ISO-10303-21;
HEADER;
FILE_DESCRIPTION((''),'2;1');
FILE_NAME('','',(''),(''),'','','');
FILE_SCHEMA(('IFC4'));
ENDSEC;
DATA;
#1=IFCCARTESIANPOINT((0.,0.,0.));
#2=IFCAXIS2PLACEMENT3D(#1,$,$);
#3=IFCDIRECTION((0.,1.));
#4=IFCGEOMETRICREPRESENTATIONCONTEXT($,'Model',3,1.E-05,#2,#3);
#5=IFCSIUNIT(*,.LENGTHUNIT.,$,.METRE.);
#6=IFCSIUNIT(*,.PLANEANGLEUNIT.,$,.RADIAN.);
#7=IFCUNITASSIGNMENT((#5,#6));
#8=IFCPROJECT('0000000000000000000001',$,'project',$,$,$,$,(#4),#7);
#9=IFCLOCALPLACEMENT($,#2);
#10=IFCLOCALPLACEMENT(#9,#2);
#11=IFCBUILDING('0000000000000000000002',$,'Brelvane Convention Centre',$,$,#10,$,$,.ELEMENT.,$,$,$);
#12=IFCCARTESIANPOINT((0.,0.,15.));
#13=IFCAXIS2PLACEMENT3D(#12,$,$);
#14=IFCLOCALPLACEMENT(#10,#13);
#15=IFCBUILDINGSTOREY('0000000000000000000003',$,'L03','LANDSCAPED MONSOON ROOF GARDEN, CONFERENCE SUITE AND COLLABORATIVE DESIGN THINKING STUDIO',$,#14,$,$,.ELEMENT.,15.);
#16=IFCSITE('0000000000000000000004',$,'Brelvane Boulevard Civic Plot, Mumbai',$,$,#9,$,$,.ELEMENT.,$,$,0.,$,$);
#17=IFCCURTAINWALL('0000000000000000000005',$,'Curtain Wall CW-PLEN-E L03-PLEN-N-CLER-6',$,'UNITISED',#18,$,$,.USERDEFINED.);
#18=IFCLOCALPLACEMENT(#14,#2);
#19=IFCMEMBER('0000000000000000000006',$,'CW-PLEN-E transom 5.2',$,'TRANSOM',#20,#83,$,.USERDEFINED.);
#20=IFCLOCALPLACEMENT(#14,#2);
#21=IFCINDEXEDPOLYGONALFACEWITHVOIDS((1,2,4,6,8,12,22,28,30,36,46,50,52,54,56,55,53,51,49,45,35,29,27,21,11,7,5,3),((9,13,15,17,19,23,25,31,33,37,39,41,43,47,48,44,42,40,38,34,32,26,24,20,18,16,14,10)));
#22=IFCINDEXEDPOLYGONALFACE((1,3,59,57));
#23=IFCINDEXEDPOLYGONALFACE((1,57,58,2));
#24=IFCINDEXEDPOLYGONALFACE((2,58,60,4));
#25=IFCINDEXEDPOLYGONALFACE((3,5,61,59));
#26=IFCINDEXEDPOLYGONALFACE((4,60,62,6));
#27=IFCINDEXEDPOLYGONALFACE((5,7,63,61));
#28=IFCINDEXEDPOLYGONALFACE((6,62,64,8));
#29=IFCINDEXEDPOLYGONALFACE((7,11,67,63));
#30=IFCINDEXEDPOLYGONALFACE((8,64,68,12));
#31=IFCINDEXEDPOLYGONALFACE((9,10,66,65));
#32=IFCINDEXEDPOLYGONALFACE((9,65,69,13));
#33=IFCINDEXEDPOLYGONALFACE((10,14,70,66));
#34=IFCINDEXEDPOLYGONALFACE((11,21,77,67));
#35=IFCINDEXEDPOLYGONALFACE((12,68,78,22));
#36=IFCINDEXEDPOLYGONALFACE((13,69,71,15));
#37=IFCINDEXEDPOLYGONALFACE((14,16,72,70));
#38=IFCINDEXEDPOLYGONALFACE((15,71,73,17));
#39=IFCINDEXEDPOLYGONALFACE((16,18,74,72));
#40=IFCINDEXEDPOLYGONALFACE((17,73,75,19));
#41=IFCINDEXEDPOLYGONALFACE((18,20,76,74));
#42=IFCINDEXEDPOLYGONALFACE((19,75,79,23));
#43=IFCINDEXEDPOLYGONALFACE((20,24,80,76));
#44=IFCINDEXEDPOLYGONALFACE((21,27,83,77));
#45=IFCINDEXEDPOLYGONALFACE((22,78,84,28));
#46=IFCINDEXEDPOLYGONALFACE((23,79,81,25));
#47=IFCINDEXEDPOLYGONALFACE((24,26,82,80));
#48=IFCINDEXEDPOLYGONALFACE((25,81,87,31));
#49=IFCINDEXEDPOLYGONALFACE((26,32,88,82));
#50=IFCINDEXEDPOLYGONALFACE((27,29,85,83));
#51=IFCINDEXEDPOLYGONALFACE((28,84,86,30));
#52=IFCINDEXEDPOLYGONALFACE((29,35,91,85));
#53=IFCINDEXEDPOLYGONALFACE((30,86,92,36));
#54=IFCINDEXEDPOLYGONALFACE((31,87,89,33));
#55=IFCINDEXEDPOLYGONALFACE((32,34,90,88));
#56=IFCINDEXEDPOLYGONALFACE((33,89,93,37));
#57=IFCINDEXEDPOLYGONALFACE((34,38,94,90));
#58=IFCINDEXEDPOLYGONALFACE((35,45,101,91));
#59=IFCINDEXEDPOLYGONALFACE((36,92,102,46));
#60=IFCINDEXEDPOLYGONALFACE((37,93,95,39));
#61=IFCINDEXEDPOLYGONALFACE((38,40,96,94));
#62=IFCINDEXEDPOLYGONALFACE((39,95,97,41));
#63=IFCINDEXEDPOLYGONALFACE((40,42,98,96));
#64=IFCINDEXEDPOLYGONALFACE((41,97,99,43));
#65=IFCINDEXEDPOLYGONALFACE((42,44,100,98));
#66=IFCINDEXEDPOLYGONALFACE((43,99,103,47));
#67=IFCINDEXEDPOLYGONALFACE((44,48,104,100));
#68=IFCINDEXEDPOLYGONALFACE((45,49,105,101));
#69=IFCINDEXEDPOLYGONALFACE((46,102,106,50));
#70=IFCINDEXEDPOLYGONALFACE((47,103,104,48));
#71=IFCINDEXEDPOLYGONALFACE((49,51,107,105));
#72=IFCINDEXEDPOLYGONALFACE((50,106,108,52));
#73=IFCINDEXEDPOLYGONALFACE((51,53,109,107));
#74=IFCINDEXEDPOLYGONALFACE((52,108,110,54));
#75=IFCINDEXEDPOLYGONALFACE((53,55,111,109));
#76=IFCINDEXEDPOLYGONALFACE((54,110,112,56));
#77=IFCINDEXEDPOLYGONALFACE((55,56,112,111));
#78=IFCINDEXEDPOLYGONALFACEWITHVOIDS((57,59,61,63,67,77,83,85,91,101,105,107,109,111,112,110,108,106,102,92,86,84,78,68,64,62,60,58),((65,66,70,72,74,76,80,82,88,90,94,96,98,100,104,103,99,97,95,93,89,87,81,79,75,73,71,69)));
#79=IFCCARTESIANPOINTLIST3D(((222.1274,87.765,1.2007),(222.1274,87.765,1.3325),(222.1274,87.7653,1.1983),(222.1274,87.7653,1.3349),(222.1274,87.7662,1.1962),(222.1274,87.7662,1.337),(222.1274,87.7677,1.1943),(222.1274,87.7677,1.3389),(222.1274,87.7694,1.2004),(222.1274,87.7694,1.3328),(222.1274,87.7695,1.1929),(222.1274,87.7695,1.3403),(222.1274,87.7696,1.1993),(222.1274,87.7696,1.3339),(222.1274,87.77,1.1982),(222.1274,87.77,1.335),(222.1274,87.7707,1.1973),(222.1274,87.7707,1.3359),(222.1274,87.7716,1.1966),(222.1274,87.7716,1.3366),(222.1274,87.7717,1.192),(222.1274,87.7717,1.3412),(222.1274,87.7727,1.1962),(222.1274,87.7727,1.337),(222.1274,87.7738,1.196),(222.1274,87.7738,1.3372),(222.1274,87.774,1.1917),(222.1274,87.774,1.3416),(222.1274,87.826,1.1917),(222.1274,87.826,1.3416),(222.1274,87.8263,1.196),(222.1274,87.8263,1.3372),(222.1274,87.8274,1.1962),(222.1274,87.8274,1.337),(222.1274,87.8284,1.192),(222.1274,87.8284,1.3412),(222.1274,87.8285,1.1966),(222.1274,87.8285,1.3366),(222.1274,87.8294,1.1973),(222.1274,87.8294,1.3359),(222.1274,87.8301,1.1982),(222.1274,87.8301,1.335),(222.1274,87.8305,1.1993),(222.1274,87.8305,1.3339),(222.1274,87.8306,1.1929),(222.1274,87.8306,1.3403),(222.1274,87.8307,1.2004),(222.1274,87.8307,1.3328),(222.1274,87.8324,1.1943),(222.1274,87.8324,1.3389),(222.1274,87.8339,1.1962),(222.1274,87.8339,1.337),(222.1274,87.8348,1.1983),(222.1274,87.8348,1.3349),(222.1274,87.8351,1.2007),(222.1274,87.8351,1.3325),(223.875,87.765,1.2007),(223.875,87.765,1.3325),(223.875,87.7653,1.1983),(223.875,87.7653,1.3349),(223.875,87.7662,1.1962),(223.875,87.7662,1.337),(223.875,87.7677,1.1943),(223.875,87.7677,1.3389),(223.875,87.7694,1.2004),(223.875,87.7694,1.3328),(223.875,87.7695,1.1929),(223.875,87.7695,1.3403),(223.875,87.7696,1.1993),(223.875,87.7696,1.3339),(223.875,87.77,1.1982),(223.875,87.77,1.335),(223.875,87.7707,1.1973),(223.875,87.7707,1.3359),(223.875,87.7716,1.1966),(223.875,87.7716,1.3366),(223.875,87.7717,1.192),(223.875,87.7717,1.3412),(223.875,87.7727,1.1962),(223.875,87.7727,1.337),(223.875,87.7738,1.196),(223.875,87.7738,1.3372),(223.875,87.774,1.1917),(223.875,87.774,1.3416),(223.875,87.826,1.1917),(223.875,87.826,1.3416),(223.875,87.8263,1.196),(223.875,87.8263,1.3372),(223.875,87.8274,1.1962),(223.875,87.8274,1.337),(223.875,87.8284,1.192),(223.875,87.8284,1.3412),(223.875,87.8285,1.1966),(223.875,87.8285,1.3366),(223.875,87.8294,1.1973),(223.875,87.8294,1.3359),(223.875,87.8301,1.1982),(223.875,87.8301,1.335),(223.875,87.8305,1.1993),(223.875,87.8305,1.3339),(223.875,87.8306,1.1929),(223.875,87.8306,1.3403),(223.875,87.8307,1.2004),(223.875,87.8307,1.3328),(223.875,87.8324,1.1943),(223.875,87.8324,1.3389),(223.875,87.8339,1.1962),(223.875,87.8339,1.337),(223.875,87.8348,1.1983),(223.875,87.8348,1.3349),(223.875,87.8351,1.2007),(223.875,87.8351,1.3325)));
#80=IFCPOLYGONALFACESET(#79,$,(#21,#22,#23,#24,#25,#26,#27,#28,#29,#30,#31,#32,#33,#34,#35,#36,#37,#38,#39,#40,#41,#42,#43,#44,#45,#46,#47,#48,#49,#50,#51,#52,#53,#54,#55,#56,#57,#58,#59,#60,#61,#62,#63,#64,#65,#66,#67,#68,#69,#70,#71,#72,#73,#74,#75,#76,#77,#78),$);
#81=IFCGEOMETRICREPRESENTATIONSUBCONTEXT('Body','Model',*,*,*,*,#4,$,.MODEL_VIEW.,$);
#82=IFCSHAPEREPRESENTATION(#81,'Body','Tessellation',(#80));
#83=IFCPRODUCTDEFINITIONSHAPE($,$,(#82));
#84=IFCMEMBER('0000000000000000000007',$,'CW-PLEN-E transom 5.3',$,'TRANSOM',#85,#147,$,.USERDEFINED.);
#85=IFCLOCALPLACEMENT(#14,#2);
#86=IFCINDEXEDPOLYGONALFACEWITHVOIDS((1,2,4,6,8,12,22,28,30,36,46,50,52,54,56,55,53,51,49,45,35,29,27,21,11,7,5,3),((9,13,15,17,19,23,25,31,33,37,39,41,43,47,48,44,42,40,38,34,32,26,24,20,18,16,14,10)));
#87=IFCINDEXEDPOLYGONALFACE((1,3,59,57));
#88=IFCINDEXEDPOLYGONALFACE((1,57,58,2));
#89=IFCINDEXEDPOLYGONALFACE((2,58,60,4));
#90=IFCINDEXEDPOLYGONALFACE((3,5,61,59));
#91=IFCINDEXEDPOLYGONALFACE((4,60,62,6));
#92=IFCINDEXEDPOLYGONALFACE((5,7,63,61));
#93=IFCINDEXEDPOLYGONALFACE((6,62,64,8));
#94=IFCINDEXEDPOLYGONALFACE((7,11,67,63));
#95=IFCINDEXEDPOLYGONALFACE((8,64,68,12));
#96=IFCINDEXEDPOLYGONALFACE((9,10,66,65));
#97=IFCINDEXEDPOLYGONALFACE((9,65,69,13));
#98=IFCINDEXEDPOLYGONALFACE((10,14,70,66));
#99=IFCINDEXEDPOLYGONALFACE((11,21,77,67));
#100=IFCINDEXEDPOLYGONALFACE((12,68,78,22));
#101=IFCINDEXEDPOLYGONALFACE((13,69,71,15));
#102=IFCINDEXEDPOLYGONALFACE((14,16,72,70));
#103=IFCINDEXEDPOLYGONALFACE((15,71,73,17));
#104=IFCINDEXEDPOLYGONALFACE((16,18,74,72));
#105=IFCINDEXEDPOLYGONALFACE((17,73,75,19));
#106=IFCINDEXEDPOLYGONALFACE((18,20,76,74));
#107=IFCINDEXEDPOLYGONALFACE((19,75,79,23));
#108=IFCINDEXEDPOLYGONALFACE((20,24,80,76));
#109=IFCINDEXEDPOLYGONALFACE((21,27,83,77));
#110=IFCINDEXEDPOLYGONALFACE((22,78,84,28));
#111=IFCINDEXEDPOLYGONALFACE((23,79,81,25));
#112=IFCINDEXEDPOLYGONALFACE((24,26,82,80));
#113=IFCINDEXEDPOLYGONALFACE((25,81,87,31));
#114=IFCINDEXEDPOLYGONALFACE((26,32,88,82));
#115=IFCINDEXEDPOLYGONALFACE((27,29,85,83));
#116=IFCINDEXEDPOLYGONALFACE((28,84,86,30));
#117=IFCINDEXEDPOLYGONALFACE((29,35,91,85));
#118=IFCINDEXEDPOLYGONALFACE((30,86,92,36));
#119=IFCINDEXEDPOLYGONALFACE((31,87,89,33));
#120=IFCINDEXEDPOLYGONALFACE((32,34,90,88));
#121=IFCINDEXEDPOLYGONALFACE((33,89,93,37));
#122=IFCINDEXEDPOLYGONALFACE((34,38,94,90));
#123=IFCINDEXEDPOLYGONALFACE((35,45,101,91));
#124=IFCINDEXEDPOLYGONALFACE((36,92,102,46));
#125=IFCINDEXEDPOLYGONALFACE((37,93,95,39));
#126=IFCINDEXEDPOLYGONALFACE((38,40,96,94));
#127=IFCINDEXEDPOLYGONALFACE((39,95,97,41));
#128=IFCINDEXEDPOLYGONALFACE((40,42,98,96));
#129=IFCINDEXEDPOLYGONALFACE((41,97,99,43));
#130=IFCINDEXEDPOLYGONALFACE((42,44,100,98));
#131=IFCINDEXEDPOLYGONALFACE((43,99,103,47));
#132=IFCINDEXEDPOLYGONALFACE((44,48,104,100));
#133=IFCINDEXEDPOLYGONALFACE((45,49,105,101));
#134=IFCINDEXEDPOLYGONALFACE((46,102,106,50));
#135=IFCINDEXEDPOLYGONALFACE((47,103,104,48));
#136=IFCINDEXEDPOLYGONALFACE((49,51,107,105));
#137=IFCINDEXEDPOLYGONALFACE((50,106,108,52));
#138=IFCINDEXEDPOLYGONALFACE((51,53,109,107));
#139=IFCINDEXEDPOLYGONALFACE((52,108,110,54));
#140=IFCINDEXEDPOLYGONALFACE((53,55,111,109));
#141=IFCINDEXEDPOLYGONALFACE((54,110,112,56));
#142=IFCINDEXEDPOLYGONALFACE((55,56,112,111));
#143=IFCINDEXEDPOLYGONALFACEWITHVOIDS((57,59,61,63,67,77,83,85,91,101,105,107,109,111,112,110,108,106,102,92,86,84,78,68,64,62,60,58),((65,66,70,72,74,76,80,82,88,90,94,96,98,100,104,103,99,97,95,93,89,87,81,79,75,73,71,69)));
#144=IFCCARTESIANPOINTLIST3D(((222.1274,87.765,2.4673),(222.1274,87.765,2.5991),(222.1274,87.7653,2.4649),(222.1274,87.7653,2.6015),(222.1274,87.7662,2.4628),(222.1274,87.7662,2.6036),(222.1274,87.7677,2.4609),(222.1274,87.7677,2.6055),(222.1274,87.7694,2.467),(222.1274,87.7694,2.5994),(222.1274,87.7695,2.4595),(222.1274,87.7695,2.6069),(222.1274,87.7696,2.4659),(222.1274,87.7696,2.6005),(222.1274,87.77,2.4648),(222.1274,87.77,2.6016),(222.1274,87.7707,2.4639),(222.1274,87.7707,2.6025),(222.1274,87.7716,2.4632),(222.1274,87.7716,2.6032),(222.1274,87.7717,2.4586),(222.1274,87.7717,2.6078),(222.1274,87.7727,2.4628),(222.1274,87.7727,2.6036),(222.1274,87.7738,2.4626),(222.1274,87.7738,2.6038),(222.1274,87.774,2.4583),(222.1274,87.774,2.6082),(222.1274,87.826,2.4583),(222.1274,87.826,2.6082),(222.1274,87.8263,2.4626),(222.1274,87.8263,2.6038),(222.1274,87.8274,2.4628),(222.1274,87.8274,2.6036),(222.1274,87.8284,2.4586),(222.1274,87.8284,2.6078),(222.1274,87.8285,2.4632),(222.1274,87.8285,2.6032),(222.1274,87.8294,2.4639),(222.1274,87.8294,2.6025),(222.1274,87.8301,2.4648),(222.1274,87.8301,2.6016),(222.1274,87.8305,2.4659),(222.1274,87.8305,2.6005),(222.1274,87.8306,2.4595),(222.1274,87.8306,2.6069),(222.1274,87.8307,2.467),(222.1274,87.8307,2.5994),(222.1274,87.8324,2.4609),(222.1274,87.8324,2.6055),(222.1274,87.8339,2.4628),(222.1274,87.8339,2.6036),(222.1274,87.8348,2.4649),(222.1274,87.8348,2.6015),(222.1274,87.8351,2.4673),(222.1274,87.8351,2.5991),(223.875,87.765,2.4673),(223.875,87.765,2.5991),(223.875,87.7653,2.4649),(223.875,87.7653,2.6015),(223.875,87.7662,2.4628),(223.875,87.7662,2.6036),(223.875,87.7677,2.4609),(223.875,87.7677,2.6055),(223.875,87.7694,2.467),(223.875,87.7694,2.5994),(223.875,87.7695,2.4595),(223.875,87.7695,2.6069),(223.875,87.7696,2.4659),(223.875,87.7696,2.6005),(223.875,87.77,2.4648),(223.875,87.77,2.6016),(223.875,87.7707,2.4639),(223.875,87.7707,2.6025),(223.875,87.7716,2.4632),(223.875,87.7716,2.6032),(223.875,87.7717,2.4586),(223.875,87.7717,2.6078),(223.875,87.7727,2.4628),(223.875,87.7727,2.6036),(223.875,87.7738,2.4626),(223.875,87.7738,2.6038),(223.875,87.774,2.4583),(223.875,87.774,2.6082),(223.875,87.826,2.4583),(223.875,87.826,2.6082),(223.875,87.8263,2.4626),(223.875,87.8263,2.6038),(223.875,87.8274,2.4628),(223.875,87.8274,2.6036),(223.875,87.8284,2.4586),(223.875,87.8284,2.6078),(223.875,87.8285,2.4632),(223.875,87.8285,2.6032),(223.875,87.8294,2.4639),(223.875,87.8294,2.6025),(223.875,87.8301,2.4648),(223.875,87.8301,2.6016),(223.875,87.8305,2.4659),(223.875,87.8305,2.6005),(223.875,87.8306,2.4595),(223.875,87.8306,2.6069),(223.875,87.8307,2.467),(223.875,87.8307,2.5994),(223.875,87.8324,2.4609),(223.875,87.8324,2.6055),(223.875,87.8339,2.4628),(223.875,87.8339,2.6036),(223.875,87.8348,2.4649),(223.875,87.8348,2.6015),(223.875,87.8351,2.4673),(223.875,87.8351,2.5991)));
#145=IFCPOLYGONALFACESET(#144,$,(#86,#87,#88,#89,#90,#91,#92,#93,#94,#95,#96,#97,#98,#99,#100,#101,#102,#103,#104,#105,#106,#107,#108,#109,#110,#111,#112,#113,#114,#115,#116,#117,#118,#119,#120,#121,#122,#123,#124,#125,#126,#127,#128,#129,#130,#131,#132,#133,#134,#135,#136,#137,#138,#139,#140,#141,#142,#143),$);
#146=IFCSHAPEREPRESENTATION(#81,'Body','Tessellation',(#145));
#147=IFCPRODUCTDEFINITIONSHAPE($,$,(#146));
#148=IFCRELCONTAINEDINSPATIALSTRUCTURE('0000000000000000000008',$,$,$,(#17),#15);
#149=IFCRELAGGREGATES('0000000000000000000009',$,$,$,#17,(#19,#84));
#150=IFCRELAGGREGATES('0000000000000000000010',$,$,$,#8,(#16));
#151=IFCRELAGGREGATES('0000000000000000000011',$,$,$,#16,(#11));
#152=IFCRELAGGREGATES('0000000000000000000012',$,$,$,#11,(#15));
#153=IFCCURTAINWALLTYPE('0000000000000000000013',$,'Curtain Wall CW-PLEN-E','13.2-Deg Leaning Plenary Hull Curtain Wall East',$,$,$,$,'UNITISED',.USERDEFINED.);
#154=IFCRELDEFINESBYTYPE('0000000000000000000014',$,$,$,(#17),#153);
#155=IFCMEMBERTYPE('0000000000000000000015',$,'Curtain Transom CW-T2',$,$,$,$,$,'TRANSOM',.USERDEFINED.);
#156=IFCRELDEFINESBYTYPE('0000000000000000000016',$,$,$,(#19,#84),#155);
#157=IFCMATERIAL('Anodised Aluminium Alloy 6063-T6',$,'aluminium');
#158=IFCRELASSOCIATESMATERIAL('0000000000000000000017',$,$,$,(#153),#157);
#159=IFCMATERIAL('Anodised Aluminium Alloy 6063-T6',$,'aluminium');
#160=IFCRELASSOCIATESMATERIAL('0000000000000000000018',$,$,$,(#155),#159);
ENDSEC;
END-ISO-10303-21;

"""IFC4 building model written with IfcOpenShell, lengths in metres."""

from ifc_helpers import new_model, si_unit, direction, frame, origin, origin_2d, place, context, subcontext, project, spatial, hollow_rectangle, extrude, material, material_profile, profile_set, type_object, element, aggregate, save


model = new_model("IFC4")

# Units and contexts
model_context = context("Model", 3, precision=1e-05, world=origin(), true_north=direction((0.0, 1.0)))
body_context = subcontext(model_context, "Body", "Model", "MODEL_VIEW")
ifc_project = project(units=[si_unit("LENGTHUNIT", "METRE"), si_unit("PLANEANGLEUNIT", "RADIAN")], contexts=[model_context])

# Site, building, storey
site_placement = place(None, origin())
site = spatial("IfcSite", under=ifc_project, at=site_placement, Name="Brelvane Boulevard Civic Plot, Mumbai", CompositionType="ELEMENT", RefElevation=0.0)
building_placement = place(site_placement, origin())
building = spatial("IfcBuilding", under=site, at=building_placement, Name="Brelvane Convention Centre", CompositionType="ELEMENT")
storey_placement = place(building_placement, frame((0.0, 0.0, 15.0)))
storey = spatial("IfcBuildingStorey", under=building, at=storey_placement, Name="L03", Description="LANDSCAPED MONSOON ROOF GARDEN, CONFERENCE SUITE AND COLLABORATIVE DESIGN THINKING STUDIO", CompositionType="ELEMENT", Elevation=15.0)

# Curtain wall, members
ifc_material_1 = material(Name="Anodised Aluminium Alloy 6063-T6", Category="aluminium")
curtain_wall_type = type_object("IfcCurtainWallType", Name="Curtain Wall CW-PLEN-E", Description="13.2-Deg Leaning Plenary Hull Curtain Wall East", ElementType="UNITISED", PredefinedType="USERDEFINED", material=ifc_material_1)
curtain_wall_placement = place(storey_placement, origin())
curtain_wall = element("IfcCurtainWall", 1, at=curtain_wall_placement, inside=storey, type_object=curtain_wall_type, Name="Curtain Wall CW-PLEN-E L03-PLEN-N-CLER-6", ObjectType="UNITISED", PredefinedType="USERDEFINED")
ifc_material_2 = material(Name="Anodised Aluminium Alloy 6063-T6", Category="aluminium")
ifc_material_profile_1 = material_profile(ifc_material_2, hollow_rectangle(XDim=0.0701, YDim=0.1499, WallThickness=0.0044, InnerFilletRadius=0.0044, OuterFilletRadius=0.009, at=origin_2d()), Name="ALU-T 150x70x4.5")
ifc_profile_set_1 = profile_set([ifc_material_profile_1], Name="Anodised Aluminium Alloy 6063-T6")
member_type_1 = type_object("IfcMemberType", Name="Curtain Transom CW-T2", ElementType="TRANSOM", PredefinedType="USERDEFINED", material=ifc_profile_set_1)
member_1_placement = place(storey_placement, frame((222.1274, 87.8, 1.2666), z_axis=(1.0, 0.0, 0.0), x_axis=(0.0, 1.0, 0.0)))
member_1 = element("IfcMember", 2, at=member_1_placement, type_object=member_type_1, Name="CW-PLEN-E transom 5.2", ObjectType="TRANSOM", PredefinedType="USERDEFINED", context=body_context, shape_type="SweptSolid", body=[
    extrude(hollow_rectangle(XDim=0.0701, YDim=0.1499, WallThickness=0.0044, InnerFilletRadius=0.0044, OuterFilletRadius=0.009, at=origin_2d()), origin(), (0.0, 0.0, 1.0), 1.7476),
])
member_2_placement = place(storey_placement, frame((222.1274, 87.8, 2.5332), z_axis=(1.0, 0.0, 0.0), x_axis=(0.0, 1.0, 0.0)))
member_2 = element("IfcMember", 3, at=member_2_placement, type_object=member_type_1, Name="CW-PLEN-E transom 5.3", ObjectType="TRANSOM", PredefinedType="USERDEFINED", context=body_context, shape_type="SweptSolid", body=[
    extrude(hollow_rectangle(XDim=0.0701, YDim=0.1499, WallThickness=0.0044, InnerFilletRadius=0.0044, OuterFilletRadius=0.009, at=origin_2d()), origin(), (0.0, 0.0, 1.0), 1.7476),
])
aggregate(curtain_wall, [member_1, member_2])

save(model, "model.ifc")
